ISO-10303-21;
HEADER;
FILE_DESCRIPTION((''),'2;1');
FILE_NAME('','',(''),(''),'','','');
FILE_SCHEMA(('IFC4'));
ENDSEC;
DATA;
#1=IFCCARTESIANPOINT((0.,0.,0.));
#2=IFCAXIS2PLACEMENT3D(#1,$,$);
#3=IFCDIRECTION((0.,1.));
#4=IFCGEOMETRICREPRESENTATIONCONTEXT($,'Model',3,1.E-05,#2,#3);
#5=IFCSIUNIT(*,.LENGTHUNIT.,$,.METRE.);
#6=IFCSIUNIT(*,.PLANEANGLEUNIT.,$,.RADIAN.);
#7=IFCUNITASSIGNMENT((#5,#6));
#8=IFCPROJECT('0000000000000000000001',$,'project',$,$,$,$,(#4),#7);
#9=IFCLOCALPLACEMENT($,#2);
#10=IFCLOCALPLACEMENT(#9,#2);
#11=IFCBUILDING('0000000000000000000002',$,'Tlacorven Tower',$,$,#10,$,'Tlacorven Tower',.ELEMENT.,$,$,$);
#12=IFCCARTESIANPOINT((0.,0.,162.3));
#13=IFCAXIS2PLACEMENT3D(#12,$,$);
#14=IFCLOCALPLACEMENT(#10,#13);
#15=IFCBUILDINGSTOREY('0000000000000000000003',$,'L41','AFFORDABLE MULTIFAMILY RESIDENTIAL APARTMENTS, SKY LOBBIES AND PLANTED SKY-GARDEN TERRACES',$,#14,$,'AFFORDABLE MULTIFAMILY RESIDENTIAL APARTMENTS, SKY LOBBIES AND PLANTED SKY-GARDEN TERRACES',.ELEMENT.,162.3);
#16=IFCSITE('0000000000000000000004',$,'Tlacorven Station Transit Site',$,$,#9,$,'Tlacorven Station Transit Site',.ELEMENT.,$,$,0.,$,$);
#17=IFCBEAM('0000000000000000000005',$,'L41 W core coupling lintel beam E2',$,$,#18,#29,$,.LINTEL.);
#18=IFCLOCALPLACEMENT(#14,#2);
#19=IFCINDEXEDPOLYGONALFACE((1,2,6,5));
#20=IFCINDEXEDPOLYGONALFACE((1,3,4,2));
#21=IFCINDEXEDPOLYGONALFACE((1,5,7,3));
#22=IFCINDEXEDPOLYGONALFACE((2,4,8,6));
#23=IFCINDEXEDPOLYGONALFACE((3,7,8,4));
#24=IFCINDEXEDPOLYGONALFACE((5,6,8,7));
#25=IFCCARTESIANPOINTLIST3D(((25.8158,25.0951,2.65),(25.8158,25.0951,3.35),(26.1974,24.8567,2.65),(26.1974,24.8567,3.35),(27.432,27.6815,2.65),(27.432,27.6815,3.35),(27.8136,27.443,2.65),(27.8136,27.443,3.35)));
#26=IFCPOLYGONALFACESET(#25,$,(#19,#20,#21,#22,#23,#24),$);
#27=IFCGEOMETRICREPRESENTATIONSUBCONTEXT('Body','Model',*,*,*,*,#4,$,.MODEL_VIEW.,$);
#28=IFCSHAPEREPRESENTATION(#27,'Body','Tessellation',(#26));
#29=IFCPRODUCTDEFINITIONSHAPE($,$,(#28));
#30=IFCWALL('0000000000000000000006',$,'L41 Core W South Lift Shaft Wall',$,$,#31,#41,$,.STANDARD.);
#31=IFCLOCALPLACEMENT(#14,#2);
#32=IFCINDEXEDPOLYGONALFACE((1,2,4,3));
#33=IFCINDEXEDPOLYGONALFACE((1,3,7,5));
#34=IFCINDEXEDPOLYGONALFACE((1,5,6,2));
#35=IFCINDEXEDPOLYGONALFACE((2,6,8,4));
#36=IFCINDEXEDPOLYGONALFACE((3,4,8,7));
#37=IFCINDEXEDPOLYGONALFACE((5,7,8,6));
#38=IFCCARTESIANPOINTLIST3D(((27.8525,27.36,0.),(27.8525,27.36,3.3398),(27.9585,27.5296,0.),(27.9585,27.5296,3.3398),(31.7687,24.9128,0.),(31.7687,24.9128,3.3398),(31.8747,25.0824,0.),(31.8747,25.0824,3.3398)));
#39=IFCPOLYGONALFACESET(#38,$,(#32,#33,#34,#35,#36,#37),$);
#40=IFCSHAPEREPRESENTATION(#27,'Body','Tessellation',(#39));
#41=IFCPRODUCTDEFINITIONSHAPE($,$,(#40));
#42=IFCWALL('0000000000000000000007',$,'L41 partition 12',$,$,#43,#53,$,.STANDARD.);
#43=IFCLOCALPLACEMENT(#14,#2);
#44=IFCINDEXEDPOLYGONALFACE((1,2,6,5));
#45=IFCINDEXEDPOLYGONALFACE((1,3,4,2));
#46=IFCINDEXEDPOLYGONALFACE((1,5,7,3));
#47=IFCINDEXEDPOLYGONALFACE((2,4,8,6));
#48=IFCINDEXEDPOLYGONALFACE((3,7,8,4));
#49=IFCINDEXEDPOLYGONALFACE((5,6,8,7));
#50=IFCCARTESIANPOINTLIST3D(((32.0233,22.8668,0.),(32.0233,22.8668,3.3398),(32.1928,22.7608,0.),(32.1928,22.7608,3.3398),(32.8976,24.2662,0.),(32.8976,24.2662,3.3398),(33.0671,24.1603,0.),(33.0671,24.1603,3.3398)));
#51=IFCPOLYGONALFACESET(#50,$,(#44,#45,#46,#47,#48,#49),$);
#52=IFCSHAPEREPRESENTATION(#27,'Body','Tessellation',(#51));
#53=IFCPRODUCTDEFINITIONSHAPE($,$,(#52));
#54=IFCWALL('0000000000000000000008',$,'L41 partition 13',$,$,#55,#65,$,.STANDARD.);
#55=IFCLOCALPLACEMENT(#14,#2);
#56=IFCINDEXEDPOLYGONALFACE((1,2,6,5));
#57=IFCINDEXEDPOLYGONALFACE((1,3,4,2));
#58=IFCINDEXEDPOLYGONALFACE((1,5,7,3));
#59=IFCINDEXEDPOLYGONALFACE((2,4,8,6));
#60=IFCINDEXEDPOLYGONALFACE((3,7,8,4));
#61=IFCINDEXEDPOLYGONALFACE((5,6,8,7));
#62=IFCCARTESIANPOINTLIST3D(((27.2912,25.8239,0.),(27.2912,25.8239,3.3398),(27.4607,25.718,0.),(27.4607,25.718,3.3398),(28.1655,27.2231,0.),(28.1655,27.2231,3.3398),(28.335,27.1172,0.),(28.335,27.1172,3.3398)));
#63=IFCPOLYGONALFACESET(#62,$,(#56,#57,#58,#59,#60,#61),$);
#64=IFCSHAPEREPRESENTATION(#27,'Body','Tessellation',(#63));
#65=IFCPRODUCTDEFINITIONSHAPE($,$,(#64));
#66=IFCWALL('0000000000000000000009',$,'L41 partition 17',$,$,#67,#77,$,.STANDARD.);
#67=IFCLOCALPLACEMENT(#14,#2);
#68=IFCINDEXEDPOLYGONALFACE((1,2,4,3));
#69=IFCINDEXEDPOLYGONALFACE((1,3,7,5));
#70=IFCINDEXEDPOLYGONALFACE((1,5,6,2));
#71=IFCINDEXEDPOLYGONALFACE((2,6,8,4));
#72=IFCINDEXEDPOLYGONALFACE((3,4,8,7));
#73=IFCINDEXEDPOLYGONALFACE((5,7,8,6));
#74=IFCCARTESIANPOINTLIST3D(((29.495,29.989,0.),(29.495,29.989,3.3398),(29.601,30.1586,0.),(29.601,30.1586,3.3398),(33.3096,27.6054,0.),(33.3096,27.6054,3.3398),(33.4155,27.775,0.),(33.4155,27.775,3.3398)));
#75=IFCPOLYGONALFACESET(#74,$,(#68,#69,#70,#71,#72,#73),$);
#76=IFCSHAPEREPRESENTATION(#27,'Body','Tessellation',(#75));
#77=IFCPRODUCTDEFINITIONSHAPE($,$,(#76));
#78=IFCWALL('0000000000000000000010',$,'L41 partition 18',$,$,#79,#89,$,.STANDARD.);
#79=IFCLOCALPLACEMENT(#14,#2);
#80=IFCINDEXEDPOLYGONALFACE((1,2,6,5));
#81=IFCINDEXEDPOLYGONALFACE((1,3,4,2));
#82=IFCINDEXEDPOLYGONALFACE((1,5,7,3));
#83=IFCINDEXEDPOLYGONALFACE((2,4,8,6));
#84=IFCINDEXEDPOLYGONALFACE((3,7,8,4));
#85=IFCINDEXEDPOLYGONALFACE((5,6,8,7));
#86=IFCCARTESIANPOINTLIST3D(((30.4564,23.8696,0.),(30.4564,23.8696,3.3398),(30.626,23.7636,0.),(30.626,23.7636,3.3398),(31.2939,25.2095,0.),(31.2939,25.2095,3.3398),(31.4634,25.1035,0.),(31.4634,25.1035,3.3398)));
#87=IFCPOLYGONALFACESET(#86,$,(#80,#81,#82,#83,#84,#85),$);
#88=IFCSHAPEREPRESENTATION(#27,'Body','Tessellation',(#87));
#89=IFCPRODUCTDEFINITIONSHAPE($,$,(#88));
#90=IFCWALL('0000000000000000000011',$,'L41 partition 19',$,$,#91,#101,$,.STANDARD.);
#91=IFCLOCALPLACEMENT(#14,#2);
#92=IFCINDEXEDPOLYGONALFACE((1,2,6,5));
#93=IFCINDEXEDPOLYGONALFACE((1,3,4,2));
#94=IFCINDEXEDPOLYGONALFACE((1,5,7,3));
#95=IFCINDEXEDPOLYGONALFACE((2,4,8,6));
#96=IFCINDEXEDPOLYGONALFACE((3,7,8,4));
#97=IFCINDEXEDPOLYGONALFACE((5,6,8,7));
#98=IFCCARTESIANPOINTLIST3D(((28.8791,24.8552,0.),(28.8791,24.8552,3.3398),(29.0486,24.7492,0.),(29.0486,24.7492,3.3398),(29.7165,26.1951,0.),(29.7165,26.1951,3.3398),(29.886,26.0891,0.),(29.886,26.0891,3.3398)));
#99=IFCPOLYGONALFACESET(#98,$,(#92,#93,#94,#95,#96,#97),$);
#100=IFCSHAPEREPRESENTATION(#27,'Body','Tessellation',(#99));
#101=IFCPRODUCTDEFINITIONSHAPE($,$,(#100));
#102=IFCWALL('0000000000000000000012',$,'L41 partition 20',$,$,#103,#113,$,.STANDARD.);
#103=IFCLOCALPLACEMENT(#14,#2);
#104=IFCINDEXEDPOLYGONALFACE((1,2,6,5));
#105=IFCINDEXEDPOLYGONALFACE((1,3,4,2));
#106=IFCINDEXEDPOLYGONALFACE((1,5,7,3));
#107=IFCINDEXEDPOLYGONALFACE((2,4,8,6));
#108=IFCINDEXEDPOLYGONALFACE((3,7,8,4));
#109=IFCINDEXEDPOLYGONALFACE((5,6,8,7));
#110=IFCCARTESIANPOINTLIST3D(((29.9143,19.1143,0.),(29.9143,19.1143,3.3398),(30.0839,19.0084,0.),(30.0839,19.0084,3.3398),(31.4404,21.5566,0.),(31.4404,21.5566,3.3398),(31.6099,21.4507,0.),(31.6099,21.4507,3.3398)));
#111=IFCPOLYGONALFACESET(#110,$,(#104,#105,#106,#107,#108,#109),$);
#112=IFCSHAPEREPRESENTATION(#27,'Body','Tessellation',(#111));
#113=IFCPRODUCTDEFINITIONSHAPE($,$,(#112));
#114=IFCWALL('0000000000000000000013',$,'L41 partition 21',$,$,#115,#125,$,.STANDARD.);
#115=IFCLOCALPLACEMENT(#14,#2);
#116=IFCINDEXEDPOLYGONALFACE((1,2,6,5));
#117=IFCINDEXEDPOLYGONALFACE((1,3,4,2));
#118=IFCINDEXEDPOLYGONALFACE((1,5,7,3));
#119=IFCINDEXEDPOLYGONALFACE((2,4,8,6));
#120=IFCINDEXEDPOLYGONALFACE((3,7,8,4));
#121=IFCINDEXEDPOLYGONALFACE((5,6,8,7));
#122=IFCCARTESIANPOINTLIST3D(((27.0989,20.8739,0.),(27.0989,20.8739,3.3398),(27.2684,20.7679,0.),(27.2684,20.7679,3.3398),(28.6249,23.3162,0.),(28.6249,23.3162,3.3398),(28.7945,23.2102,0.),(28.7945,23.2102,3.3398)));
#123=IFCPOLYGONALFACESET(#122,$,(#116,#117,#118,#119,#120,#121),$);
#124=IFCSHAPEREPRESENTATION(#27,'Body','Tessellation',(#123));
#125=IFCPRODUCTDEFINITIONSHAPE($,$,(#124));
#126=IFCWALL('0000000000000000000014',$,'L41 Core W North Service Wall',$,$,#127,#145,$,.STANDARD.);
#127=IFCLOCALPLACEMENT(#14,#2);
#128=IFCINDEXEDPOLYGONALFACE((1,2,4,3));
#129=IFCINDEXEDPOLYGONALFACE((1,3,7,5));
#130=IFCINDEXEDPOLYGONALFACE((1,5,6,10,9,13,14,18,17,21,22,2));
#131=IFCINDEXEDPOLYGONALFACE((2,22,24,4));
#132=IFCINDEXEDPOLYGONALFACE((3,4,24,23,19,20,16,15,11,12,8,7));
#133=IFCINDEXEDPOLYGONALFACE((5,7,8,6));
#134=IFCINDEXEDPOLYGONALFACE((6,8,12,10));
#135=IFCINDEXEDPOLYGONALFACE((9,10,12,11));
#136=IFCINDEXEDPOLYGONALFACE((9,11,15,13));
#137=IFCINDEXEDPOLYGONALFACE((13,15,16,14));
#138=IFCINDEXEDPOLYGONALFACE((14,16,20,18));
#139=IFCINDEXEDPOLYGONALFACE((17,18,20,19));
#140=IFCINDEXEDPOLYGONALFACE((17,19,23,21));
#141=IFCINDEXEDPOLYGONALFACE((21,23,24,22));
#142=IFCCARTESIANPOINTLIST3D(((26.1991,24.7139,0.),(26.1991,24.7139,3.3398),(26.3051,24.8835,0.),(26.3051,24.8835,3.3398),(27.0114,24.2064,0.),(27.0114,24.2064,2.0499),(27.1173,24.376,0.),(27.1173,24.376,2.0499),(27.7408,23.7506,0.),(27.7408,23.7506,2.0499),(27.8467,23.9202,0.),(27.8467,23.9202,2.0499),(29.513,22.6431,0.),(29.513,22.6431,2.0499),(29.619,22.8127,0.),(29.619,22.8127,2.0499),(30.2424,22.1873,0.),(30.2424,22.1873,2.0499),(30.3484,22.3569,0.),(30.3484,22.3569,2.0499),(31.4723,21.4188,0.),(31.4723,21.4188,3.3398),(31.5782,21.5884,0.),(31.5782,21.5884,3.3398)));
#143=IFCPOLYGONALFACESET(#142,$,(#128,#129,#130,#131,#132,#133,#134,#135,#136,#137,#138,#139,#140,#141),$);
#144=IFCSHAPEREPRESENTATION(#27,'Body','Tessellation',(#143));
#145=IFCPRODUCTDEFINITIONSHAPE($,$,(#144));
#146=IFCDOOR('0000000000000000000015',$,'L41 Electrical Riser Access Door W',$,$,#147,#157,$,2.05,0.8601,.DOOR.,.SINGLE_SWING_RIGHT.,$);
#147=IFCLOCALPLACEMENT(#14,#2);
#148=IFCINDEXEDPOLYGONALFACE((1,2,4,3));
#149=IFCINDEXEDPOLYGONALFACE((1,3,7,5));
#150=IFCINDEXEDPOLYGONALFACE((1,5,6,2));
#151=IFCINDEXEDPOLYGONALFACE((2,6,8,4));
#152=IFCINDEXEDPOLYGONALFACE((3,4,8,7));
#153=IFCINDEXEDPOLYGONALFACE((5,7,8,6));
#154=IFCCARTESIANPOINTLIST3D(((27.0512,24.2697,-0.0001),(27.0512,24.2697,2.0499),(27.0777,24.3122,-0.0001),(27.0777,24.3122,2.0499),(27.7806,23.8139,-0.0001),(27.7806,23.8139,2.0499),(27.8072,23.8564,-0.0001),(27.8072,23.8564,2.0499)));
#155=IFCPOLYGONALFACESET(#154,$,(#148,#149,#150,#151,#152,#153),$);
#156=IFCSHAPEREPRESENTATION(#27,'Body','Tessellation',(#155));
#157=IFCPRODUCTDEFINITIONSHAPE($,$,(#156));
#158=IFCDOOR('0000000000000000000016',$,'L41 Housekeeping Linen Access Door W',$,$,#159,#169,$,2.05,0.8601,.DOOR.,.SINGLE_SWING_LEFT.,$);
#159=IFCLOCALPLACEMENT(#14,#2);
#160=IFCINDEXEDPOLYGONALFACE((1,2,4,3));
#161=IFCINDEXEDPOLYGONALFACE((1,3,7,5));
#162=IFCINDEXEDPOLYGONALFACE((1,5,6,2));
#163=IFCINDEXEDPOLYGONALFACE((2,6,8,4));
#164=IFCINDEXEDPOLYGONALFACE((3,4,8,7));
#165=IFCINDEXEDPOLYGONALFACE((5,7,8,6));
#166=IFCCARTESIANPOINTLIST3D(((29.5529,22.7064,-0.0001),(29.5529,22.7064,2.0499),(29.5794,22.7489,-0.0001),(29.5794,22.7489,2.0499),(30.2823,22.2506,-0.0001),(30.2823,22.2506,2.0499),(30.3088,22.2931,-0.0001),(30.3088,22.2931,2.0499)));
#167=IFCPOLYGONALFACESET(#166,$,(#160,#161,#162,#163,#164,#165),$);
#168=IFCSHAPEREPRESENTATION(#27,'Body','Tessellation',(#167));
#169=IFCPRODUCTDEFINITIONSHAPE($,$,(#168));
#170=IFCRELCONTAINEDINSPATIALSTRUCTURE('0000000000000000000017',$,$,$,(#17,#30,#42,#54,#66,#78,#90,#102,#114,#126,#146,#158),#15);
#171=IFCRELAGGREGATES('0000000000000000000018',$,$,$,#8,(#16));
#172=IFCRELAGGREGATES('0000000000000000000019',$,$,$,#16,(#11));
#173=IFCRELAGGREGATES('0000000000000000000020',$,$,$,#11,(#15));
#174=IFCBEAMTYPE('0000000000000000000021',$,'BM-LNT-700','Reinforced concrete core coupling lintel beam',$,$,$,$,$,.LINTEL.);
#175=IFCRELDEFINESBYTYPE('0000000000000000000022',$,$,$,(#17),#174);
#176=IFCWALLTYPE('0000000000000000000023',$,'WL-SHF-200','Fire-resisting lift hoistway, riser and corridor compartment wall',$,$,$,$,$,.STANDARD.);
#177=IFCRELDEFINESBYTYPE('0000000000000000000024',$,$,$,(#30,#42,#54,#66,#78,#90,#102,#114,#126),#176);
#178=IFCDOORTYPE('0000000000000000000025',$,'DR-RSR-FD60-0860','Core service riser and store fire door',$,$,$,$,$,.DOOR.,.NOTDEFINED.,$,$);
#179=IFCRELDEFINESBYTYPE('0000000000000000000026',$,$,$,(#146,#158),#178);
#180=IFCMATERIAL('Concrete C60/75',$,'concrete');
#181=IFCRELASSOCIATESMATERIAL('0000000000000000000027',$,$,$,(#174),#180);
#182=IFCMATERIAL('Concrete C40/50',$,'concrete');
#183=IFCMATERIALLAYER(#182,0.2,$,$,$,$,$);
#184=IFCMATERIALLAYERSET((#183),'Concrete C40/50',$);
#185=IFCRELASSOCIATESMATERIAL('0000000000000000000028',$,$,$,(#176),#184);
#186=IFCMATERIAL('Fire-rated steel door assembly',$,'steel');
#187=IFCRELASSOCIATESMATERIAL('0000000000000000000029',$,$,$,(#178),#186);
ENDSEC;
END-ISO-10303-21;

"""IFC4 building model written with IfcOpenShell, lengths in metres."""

from ifc_helpers import new_model, si_unit, direction, frame, frame_2d, origin, origin_2d, place, context, subcontext, project, spatial, rectangle, extrude, source, transform, mapped, material, layer, layer_set, material_profile, profile_set, type_object, element, fill, save


model = new_model("IFC4")

# Units and contexts
model_context = context("Model", 3, precision=1e-05, world=origin(), true_north=direction((0.0, 1.0)))
body_context = subcontext(model_context, "Body", "Model", "MODEL_VIEW")
ifc_project = project(units=[si_unit("LENGTHUNIT", "METRE"), si_unit("PLANEANGLEUNIT", "RADIAN")], contexts=[model_context])

# Site, building, storey
site_placement = place(None, origin())
site = spatial("IfcSite", under=ifc_project, at=site_placement, Name="Tlacorven Station Transit Site", LongName="Tlacorven Station Transit Site", CompositionType="ELEMENT", RefElevation=0.0)
building_placement = place(site_placement, origin())
building = spatial("IfcBuilding", under=site, at=building_placement, Name="Tlacorven Tower", LongName="Tlacorven Tower", CompositionType="ELEMENT")
storey_placement = place(building_placement, frame((0.0, 0.0, 162.3)))
storey = spatial("IfcBuildingStorey", under=building, at=storey_placement, Name="L41", Description="AFFORDABLE MULTIFAMILY RESIDENTIAL APARTMENTS, SKY LOBBIES AND PLANTED SKY-GARDEN TERRACES", LongName="AFFORDABLE MULTIFAMILY RESIDENTIAL APARTMENTS, SKY LOBBIES AND PLANTED SKY-GARDEN TERRACES", CompositionType="ELEMENT", Elevation=162.3)

# Beam
ifc_material_1 = material(Name="Concrete C60/75", Category="concrete")
ifc_material_profile = material_profile(ifc_material_1, rectangle(XDim=0.45, YDim=0.7, at=origin_2d()), Name="RC 450X700")
ifc_profile_set = profile_set([ifc_material_profile], Name="Concrete C60/75")
beam_type = type_object("IfcBeamType", Name="BM-LNT-700", Description="Reinforced concrete core coupling lintel beam", PredefinedType="LINTEL", material=ifc_profile_set)
shared_shape_1 = source(origin(), body_context, "Body", "SweptSolid", [
    extrude(rectangle(XDim=0.45, YDim=0.7, at=origin_2d()), origin(), (0.0, 0.0, 1.0), 3.0498),
])
beam_placement = place(storey_placement, frame((27.6228, 27.5623, 3.0), z_axis=(-0.529927, -0.848043, 0.0), x_axis=(0.848043, -0.529927, 0.0)))
element("IfcBeam", 1, at=beam_placement, inside=storey, type_object=beam_type, Name="L41 W core coupling lintel beam E2", PredefinedType="LINTEL", context=body_context, shape_type="MappedRepresentation", body=[
    mapped(shared_shape_1, transform((0.0, 0.0, 0.0), scale=1.0)),
])

# Wall
ifc_material_2 = material(Name="Concrete C40/50", Category="concrete")
ifc_layer = layer(ifc_material_2, 0.2)
ifc_layer_set = layer_set([ifc_layer], Name="Concrete C40/50")
wall_type = type_object("IfcWallType", Name="WL-SHF-200", Description="Fire-resisting lift hoistway, riser and corridor compartment wall", PredefinedType="STANDARD", material=ifc_layer_set)
wall_1_placement = place(storey_placement, frame((31.8218, 24.9976, 0.0), z_axis=(0.0, 0.0, 1.0), x_axis=(-0.848037, 0.529937, 0.0)))
element("IfcWall", 2, at=wall_1_placement, inside=storey, type_object=wall_type, Name="L41 Core W South Lift Shaft Wall", PredefinedType="STANDARD", context=body_context, shape_type="SweptSolid", body=[
    extrude(rectangle(XDim=4.6179, YDim=0.2, at=frame_2d((2.3091, 0.0))), origin(), (0.0, 0.0, 1.0), 3.3398),
])

# Shared definitions
ifc_material_3 = material(Name="Fire-rated steel door assembly", Category="steel")

# Walls
wall_2_placement = place(storey_placement, frame((32.9824, 24.2134, 0.0), z_axis=(0.0, 0.0, 1.0), x_axis=(-0.529839, -0.848098, 0.0)))
element("IfcWall", 3, at=wall_2_placement, inside=storey, type_object=wall_type, Name="L41 partition 12", PredefinedType="STANDARD", context=body_context, shape_type="SweptSolid", body=[
    extrude(rectangle(XDim=1.6501, YDim=0.2, at=frame_2d((0.8252, 0.0))), origin(), (0.0, 0.0, 1.0), 3.3398),
])
wall_3_placement = place(storey_placement, frame((28.2502, 27.1702, 0.0), z_axis=(0.0, 0.0, 1.0), x_axis=(-0.529906, -0.848056, 0.0)))
element("IfcWall", 4, at=wall_3_placement, inside=storey, type_object=wall_type, Name="L41 partition 13", PredefinedType="STANDARD", context=body_context, shape_type="SweptSolid", body=[
    extrude(rectangle(XDim=1.6499, YDim=0.2, at=frame_2d((0.825, 0.0))), origin(), (0.0, 0.0, 1.0), 3.3398),
])
wall_4_placement = place(storey_placement, frame((33.3625, 27.6902, 0.0), z_axis=(0.0, 0.0, 1.0), x_axis=(-0.848047, 0.529921, 0.0)))
element("IfcWall", 5, at=wall_4_placement, inside=storey, type_object=wall_type, Name="L41 partition 17", PredefinedType="STANDARD", context=body_context, shape_type="SweptSolid", body=[
    extrude(rectangle(XDim=4.498, YDim=0.2, at=frame_2d((2.249, 0.0))), origin(), (0.0, 0.0, 1.0), 3.3398),
])
for number, where, z_axis, x_axis, name in (
    (6, (31.3787, 25.1565, 0.0), (0.0, 0.0, 1.0), (-0.529999, -0.847998, 0.0), "L41 partition 18"),
    (7, (29.8013, 26.1421, 0.0), (0.0, 0.0, 1.0), (-0.529999, -0.847998, 0.0), "L41 partition 19"),
):
    element("IfcWall", number, at=place(storey_placement, frame(where, z_axis=z_axis, x_axis=x_axis)), inside=storey, type_object=wall_type, Name=name, PredefinedType="STANDARD", context=body_context, shape_type="SweptSolid", body=[
        extrude(rectangle(XDim=1.5801, YDim=0.2, at=frame_2d((0.79, 0.0))), origin(), (0.0, 0.0, 1.0), 3.3398),
    ])
for number, where, z_axis, x_axis, name in (
    (8, (31.5251, 21.5037, 0.0), (0.0, 0.0, 1.0), (-0.529907, -0.848055, 0.0), "L41 partition 20"),
    (9, (28.7097, 23.2632, 0.0), (0.0, 0.0, 1.0), (-0.529907, -0.848055, 0.0), "L41 partition 21"),
):
    element("IfcWall", number, at=place(storey_placement, frame(where, z_axis=z_axis, x_axis=x_axis)), inside=storey, type_object=wall_type, Name=name, PredefinedType="STANDARD", context=body_context, shape_type="SweptSolid", body=[
        extrude(rectangle(XDim=2.8799, YDim=0.2, at=frame_2d((1.4399, 0.0))), origin(), (0.0, 0.0, 1.0), 3.3398),
    ])

# Wall, openings, doors
wall_5_placement = place(storey_placement, frame((31.5251, 21.5037, 0.0), z_axis=(0.0, 0.0, 1.0), x_axis=(-0.84804, 0.529932, 0.0)))
wall_5 = element("IfcWall", 10, at=wall_5_placement, inside=storey, type_object=wall_type, Name="L41 Core W North Service Wall", PredefinedType="STANDARD", context=body_context, shape_type="SweptSolid", body=[
    extrude(rectangle(XDim=6.218, YDim=0.2, at=frame_2d((3.1089, 0.0))), origin(), (0.0, 0.0, 1.0), 3.3398),
])
opening_1_placement = place(wall_5_placement, frame((4.3999, 0.0, 0.0)))
opening_1 = element("IfcOpeningElement", 11, at=opening_1_placement, cuts=wall_5, PredefinedType="OPENING", context=body_context, shape_type="SweptSolid", body=[
    extrude(rectangle(XDim=0.8601, YDim=2.05, at=frame_2d((0.4302, 1.0249))), frame((0.0, 0.1099, 0.0), z_axis=(0.0, -1.0, 0.0), x_axis=(1.0, 0.0, 0.0)), (0.0, 0.0, 1.0), 0.22),
])
opening_2_placement = place(wall_5_placement, frame((1.45, 0.0, 0.0)))
opening_2 = element("IfcOpeningElement", 12, at=opening_2_placement, cuts=wall_5, PredefinedType="OPENING", context=body_context, shape_type="SweptSolid", body=[
    extrude(rectangle(XDim=0.8601, YDim=2.05, at=frame_2d((0.4302, 1.0249))), frame((0.0, 0.1099, 0.0), z_axis=(0.0, -1.0, 0.0), x_axis=(1.0, 0.0, 0.0)), (0.0, 0.0, 1.0), 0.22),
])
door_type_1 = type_object("IfcDoorType", Name="DR-RSR-FD60-0860", Description="Core service riser and store fire door", OperationType="NOTDEFINED", PredefinedType="DOOR", material=ifc_material_3)
shared_shape_2 = source(origin(), body_context, "Body", "SweptSolid", [
    extrude(rectangle(XDim=0.8601, YDim=2.05, at=frame_2d((0.4302, 1.0249))), frame((0.0, 0.0249, 0.0), z_axis=(0.0, -1.0, 0.0), x_axis=(1.0, 0.0, 0.0)), (0.0, 0.0, 1.0), 0.05),
])
door_1_placement = place(opening_1_placement, frame((0.8601, 0.0, 0.0), z_axis=(0.0, 0.0, 1.0), x_axis=(-1.0, 0.0, 0.0)))
door_1 = element("IfcDoor", 13, at=door_1_placement, inside=storey, type_object=door_type_1, Name="L41 Electrical Riser Access Door W", OperationType="SINGLE_SWING_RIGHT", OverallHeight=2.05, OverallWidth=0.8601, PredefinedType="DOOR", context=body_context, shape_type="MappedRepresentation", body=[
    mapped(shared_shape_2, transform((0.0, 0.0, 0.0), scale=1.0)),
])
fill(opening_1, door_1)
door_2_placement = place(opening_2_placement, frame((0.8601, 0.0, 0.0), z_axis=(0.0, 0.0, 1.0), x_axis=(-1.0, 0.0, 0.0)))
door_2 = element("IfcDoor", 14, at=door_2_placement, inside=storey, type_object=door_type_1, Name="L41 Housekeeping Linen Access Door W", OperationType="SINGLE_SWING_LEFT", OverallHeight=2.05, OverallWidth=0.8601, PredefinedType="DOOR", context=body_context, shape_type="MappedRepresentation", body=[
    mapped(shared_shape_2, transform((0.0, 0.0, 0.0), scale=1.0)),
])
fill(opening_2, door_2)

save(model, "model.ifc")
